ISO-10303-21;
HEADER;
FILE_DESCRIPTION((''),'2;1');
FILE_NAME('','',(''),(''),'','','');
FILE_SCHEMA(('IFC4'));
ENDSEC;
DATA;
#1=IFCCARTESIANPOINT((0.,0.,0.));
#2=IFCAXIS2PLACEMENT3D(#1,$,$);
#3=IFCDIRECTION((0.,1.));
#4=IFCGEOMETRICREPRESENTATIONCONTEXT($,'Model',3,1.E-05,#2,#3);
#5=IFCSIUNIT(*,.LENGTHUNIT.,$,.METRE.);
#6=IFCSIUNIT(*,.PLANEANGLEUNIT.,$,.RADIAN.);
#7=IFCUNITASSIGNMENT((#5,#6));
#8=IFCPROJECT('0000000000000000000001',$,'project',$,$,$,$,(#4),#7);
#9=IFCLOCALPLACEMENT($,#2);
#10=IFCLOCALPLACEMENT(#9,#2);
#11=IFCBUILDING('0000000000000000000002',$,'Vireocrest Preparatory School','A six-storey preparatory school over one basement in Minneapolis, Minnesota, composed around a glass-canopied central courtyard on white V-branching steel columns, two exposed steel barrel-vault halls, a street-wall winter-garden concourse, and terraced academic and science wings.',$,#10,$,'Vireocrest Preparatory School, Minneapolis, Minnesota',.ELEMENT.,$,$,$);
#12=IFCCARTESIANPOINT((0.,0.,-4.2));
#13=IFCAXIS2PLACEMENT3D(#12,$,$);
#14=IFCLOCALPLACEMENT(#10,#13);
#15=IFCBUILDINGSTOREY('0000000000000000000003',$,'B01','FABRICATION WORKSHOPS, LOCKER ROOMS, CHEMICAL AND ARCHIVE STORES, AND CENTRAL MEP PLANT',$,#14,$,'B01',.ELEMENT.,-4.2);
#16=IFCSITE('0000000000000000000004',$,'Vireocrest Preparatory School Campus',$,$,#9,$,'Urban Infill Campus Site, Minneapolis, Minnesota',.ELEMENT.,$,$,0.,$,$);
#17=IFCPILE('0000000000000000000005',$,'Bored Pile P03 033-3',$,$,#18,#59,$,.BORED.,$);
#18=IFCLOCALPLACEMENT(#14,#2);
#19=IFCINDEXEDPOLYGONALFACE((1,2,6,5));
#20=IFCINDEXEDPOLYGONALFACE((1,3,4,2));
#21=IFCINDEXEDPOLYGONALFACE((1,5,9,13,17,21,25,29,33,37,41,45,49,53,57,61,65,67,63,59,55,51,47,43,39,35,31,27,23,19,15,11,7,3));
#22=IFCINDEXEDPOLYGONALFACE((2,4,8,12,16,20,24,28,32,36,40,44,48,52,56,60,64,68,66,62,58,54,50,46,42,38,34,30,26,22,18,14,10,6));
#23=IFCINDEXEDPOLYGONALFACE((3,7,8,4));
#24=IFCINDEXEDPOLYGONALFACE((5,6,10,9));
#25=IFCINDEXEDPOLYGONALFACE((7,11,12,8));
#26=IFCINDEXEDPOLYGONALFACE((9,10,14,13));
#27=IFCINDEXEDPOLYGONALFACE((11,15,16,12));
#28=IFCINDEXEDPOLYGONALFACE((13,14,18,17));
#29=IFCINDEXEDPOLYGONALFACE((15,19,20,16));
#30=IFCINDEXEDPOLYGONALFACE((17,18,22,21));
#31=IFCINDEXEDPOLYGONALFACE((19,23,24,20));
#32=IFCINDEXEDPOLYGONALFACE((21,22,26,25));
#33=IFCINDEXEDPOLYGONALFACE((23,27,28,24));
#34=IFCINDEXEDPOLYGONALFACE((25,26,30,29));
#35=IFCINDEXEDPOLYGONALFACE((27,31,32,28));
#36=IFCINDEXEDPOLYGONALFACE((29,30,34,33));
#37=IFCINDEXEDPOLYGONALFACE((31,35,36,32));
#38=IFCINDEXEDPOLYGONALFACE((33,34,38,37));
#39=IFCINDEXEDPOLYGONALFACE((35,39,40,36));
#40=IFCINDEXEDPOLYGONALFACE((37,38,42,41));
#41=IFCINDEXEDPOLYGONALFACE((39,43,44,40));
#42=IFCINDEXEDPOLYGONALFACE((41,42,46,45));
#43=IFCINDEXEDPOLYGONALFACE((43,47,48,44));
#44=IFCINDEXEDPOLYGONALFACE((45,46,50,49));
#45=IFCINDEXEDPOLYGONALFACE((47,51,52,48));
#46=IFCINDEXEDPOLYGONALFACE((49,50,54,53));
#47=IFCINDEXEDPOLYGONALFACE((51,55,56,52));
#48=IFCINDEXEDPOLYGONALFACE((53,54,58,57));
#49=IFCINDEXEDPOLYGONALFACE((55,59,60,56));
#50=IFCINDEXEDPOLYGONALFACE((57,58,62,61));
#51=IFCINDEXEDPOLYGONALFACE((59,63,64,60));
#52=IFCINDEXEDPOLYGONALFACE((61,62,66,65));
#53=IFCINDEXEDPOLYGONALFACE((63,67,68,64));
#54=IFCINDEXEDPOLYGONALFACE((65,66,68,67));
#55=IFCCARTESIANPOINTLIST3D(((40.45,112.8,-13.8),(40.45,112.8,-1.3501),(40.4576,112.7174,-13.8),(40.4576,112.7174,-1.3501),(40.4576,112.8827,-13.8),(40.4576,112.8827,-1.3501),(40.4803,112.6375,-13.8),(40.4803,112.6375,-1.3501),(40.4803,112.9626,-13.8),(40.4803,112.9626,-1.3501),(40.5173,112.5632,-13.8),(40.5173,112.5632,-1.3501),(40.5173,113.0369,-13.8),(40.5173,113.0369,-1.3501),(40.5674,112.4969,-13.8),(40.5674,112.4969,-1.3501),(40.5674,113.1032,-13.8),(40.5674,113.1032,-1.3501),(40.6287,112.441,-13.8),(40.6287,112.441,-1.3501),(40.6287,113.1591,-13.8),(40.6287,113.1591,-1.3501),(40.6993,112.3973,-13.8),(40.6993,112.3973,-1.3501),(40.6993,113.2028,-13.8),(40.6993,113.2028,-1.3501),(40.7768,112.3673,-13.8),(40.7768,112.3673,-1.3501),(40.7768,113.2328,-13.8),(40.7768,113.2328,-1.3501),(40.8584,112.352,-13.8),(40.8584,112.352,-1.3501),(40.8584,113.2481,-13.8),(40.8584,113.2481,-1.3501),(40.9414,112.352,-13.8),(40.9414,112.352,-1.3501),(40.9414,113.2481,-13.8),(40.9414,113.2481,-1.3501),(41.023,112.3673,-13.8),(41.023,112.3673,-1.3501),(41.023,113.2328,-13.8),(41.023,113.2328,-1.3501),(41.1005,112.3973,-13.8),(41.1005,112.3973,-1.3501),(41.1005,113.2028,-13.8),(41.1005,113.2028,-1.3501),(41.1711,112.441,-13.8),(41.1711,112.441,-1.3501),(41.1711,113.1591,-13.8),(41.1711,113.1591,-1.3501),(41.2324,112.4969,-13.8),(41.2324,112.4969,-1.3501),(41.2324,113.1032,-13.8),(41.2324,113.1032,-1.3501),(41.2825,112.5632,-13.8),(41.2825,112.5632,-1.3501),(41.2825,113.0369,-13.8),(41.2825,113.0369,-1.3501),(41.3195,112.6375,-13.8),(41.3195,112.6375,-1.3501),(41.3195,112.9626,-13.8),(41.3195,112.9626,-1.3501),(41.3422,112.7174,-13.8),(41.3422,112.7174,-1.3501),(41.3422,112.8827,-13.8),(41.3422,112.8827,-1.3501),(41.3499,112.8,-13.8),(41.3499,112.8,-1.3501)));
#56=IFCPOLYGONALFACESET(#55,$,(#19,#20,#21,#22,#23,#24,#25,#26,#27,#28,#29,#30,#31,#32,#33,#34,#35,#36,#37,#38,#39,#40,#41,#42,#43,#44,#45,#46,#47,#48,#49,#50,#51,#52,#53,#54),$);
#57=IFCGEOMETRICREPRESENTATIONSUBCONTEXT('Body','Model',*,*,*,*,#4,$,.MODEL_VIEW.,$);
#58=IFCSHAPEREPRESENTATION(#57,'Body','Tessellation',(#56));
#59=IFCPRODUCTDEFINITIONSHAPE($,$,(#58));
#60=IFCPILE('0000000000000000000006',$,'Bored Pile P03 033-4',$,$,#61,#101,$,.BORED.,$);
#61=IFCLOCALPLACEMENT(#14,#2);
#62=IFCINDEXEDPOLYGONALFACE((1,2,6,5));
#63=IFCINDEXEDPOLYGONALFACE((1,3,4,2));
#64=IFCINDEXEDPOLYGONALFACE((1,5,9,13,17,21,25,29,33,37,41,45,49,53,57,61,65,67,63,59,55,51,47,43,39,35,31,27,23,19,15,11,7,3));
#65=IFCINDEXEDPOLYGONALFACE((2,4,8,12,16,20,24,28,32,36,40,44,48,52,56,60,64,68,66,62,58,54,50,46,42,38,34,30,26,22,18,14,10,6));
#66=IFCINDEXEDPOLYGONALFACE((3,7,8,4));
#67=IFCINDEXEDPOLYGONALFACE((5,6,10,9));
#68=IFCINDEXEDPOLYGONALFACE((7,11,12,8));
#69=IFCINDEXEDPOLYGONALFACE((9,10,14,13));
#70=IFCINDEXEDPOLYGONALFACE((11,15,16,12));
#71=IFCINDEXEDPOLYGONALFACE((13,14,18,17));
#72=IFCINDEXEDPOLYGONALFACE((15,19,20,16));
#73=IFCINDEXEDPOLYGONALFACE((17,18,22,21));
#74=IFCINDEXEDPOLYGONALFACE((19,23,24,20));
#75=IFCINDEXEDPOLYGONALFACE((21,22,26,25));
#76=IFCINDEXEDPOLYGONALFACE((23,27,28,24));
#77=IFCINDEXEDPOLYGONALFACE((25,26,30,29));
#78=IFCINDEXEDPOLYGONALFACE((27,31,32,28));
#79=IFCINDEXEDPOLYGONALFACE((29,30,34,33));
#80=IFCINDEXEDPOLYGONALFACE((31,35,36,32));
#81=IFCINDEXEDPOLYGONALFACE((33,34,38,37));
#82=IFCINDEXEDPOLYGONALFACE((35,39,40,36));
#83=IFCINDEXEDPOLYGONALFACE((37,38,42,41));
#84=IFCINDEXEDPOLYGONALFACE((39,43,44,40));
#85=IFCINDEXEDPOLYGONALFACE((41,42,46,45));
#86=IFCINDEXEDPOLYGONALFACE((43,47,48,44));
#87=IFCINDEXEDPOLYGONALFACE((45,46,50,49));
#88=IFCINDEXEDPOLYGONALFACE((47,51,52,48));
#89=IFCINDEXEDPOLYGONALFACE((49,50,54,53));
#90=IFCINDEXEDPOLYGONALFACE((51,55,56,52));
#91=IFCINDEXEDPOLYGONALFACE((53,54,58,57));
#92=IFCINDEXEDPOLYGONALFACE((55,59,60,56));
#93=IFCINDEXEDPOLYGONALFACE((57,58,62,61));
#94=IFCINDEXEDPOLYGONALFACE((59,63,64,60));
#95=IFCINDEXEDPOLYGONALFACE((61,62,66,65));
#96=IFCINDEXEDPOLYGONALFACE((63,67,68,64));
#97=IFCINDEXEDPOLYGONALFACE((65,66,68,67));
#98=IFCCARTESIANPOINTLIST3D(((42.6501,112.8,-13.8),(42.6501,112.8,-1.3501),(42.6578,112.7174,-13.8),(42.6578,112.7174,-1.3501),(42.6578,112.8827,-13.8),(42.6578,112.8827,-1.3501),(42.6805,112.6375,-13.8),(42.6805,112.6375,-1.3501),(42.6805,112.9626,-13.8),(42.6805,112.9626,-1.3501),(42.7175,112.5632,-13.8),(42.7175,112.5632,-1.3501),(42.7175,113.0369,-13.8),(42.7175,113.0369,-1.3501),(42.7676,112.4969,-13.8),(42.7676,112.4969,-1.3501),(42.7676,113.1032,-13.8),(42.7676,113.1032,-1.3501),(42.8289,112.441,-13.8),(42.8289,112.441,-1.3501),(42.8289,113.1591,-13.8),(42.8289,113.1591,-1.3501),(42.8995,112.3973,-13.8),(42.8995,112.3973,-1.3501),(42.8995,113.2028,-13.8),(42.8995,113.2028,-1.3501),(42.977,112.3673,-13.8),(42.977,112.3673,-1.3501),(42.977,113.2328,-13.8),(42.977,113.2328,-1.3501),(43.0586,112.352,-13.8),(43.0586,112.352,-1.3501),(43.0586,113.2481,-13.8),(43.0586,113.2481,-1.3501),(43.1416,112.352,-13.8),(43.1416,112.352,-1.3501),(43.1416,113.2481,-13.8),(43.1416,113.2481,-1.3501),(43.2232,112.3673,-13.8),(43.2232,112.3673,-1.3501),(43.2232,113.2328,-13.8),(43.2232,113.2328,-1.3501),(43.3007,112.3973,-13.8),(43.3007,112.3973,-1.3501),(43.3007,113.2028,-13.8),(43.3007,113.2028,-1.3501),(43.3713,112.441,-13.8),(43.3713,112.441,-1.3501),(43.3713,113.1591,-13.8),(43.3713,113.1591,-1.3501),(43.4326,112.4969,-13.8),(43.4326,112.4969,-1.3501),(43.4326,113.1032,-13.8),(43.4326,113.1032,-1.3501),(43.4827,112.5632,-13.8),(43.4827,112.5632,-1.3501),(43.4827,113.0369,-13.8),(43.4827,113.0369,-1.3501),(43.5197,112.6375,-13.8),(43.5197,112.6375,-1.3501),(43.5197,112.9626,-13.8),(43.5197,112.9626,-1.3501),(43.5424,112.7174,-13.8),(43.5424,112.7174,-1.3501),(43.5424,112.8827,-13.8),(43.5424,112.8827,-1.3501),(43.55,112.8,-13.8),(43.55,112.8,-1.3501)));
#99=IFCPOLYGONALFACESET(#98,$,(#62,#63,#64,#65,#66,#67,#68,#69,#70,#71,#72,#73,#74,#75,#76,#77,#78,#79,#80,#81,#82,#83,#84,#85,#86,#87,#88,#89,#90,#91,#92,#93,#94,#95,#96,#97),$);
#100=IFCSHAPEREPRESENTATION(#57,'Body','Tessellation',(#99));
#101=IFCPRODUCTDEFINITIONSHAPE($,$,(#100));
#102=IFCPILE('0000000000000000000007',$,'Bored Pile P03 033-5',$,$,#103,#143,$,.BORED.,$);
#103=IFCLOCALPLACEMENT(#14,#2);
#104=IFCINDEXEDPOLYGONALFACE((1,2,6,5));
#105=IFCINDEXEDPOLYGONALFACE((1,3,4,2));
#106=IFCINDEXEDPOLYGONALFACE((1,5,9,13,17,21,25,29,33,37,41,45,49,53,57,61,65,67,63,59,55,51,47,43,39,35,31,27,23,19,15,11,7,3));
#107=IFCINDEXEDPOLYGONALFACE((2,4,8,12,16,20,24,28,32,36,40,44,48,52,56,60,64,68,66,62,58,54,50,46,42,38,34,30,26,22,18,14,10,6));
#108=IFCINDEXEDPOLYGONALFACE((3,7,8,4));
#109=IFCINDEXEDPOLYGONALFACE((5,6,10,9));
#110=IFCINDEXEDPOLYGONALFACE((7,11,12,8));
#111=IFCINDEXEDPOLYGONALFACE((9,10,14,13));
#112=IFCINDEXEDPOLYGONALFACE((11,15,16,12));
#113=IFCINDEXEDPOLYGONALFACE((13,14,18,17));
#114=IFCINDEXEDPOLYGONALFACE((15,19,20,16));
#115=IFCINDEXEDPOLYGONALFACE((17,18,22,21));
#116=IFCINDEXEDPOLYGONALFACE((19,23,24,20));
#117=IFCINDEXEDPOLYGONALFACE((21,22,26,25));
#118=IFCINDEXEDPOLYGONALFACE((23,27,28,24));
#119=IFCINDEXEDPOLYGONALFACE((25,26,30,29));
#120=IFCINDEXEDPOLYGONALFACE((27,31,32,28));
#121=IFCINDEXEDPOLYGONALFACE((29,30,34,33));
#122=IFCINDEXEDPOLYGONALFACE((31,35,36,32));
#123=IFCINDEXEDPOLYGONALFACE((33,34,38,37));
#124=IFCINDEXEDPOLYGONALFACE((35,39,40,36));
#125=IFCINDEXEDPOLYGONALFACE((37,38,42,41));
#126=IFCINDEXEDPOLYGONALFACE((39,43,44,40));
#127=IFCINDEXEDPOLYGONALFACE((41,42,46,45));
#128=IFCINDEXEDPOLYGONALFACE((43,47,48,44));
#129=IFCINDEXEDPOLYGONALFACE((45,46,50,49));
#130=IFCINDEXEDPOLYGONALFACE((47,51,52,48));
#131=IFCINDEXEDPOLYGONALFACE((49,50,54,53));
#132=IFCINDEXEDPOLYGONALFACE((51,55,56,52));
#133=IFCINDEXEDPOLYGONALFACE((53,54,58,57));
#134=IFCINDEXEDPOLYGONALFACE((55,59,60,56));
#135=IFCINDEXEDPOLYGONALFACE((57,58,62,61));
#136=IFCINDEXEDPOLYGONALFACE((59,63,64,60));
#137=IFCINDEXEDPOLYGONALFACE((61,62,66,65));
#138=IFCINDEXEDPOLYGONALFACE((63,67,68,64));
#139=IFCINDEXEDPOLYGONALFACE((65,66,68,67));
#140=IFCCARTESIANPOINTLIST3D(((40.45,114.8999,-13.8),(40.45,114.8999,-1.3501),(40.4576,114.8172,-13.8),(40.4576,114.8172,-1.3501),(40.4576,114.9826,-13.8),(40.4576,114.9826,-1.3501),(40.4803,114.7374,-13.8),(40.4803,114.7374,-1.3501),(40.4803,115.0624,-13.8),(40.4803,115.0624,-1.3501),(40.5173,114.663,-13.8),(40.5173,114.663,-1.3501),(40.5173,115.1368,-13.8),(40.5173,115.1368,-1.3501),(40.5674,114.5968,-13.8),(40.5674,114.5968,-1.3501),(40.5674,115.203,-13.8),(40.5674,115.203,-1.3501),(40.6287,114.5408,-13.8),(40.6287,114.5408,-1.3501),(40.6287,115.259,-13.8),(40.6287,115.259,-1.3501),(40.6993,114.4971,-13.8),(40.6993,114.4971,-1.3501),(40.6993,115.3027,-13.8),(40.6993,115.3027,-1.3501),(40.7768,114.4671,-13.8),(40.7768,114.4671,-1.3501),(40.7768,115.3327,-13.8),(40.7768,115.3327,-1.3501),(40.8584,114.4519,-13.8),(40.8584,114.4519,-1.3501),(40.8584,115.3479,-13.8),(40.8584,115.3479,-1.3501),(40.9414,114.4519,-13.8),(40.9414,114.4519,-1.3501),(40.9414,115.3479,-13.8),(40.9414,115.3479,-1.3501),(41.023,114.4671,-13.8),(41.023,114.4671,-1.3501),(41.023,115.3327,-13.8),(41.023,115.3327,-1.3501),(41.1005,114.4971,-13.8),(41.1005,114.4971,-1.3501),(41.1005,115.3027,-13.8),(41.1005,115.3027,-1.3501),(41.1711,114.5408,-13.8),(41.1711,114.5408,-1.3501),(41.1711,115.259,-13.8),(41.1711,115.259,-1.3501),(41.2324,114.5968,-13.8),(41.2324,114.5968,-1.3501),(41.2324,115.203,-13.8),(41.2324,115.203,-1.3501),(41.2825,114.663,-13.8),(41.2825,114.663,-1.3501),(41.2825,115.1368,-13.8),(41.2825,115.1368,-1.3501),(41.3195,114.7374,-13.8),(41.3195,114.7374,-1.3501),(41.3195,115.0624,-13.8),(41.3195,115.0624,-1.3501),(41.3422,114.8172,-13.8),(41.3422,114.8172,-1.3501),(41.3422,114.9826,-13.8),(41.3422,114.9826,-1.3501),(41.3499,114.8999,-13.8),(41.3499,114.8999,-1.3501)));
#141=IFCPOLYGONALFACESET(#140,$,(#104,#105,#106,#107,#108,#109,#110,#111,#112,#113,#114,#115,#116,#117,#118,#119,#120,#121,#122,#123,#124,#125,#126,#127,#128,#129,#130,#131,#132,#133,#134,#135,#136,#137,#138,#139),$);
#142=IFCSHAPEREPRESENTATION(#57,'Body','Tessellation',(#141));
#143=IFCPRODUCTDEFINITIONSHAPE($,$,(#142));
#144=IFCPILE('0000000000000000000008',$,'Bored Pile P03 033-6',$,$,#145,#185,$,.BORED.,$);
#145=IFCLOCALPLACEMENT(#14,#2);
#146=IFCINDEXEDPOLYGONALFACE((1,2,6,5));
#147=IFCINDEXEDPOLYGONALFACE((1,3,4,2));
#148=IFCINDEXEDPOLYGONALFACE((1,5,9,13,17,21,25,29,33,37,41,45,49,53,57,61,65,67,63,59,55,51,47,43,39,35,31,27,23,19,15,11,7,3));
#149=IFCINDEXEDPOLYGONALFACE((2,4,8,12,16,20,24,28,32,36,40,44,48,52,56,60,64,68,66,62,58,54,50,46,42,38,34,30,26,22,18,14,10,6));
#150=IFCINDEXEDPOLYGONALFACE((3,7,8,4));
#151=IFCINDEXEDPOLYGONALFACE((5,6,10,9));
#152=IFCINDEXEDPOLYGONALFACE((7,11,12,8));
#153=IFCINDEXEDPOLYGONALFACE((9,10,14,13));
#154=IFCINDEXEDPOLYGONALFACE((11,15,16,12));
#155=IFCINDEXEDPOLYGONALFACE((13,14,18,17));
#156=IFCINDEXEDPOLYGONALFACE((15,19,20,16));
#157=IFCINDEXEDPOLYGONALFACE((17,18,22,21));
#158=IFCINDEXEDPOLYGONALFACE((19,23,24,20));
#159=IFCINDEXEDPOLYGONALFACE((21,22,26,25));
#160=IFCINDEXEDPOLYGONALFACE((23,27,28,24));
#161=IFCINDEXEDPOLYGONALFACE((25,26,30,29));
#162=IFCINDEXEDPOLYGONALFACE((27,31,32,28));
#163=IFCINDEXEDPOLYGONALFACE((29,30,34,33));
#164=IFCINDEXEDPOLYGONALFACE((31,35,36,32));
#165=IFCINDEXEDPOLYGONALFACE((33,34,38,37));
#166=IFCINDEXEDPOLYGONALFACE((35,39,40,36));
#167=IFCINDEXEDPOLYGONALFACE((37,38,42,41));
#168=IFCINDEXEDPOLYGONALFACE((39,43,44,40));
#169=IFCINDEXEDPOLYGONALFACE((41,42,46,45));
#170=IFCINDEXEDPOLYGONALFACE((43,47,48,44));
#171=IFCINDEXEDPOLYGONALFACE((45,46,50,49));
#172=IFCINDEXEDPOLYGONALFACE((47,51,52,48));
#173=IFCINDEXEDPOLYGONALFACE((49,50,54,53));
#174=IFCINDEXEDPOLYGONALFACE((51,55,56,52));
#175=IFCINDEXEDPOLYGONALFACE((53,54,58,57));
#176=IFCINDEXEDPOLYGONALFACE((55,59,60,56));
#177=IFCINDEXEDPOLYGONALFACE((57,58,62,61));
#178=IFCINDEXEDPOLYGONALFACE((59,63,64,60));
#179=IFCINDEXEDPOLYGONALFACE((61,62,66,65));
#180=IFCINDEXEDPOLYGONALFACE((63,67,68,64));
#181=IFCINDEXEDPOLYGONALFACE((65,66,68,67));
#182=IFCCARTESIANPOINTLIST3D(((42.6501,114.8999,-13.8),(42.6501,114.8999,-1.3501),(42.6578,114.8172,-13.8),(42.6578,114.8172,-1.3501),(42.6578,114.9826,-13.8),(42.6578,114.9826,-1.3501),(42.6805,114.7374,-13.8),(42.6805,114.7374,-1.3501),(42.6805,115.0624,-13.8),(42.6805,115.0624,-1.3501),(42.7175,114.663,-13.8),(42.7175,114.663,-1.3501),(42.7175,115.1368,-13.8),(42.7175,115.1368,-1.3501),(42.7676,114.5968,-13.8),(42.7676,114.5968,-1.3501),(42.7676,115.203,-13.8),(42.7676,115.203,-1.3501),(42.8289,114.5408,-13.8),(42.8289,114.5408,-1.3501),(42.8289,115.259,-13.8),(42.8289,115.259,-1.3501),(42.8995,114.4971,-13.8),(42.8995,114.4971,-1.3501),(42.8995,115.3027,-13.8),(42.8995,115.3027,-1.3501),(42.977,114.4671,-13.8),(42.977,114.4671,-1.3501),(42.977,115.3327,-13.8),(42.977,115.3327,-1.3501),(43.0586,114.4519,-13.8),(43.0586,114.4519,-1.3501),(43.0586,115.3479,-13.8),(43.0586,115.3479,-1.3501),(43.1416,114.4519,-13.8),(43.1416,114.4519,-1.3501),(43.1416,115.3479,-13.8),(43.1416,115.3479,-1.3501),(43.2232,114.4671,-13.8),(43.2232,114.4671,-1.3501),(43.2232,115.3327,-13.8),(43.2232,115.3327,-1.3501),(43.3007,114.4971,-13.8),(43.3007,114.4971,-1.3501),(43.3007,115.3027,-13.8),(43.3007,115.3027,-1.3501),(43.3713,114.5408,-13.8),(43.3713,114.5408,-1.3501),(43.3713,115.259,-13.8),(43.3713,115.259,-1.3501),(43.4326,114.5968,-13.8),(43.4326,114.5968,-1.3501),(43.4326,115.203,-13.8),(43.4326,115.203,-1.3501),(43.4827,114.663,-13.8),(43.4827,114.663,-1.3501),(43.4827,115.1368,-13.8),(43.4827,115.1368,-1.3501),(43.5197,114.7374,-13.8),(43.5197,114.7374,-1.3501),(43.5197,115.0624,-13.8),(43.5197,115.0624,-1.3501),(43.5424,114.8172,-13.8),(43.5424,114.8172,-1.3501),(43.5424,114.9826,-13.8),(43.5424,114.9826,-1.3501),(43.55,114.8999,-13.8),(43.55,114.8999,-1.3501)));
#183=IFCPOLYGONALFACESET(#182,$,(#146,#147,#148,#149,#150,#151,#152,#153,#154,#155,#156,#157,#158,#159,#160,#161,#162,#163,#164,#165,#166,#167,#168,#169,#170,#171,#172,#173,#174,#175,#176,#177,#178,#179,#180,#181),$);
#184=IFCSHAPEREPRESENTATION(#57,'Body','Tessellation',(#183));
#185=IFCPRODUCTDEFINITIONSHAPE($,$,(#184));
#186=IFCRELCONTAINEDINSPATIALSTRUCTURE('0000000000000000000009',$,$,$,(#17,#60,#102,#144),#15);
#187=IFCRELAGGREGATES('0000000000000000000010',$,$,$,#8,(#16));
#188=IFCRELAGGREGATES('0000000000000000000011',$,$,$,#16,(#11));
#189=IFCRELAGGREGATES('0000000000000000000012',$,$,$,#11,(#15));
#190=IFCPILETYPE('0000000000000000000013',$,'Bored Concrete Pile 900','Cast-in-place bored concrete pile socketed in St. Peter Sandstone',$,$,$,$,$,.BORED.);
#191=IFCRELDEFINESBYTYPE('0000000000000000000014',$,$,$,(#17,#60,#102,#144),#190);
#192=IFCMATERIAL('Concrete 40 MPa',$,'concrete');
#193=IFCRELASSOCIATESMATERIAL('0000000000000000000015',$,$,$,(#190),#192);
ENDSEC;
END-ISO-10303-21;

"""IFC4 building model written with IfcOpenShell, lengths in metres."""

from ifc_helpers import new_model, si_unit, direction, frame, origin, origin_2d, place, context, subcontext, project, spatial, circle, extrude, material, material_profile, profile_set, type_object, element, save


model = new_model("IFC4")

# Units and contexts
model_context = context("Model", 3, precision=1e-05, world=origin(), true_north=direction((0.0, 1.0)))
body_context = subcontext(model_context, "Body", "Model", "MODEL_VIEW")
ifc_project = project(units=[si_unit("LENGTHUNIT", "METRE"), si_unit("PLANEANGLEUNIT", "RADIAN")], contexts=[model_context])

# Site, building, storey
site_placement = place(None, origin())
site = spatial("IfcSite", under=ifc_project, at=site_placement, Name="Vireocrest Preparatory School Campus", LongName="Urban Infill Campus Site, Minneapolis, Minnesota", CompositionType="ELEMENT", RefElevation=0.0)
building_placement = place(site_placement, origin())
building = spatial("IfcBuilding", under=site, at=building_placement, Name="Vireocrest Preparatory School", Description="A six-storey preparatory school over one basement in Minneapolis, Minnesota, composed around a glass-canopied central courtyard on white V-branching steel columns, two exposed steel barrel-vault halls, a street-wall winter-garden concourse, and terraced academic and science wings.", LongName="Vireocrest Preparatory School, Minneapolis, Minnesota", CompositionType="ELEMENT")
storey_placement = place(building_placement, frame((0.0, 0.0, -4.2)))
storey = spatial("IfcBuildingStorey", under=building, at=storey_placement, Name="B01", Description="FABRICATION WORKSHOPS, LOCKER ROOMS, CHEMICAL AND ARCHIVE STORES, AND CENTRAL MEP PLANT", LongName="B01", CompositionType="ELEMENT", Elevation=-4.2)

# Piles
ifc_material_1 = material(Name="Concrete 40 MPa", Category="concrete")
ifc_material_profile_1 = material_profile(ifc_material_1, circle(Radius=0.45, at=origin_2d()), Name="BORED PILE 900")
ifc_profile_set_1 = profile_set([ifc_material_profile_1], Name="Concrete 40 MPa")
pile_type = type_object("IfcPileType", Name="Bored Concrete Pile 900", Description="Cast-in-place bored concrete pile socketed in St. Peter Sandstone", PredefinedType="BORED", material=ifc_profile_set_1)
for number, where, z_axis, x_axis, name in (
    (1, (40.8999, 112.8, -1.3501), (0.0, 0.0, -1.0), (1.0, 0.0, 0.0), "Bored Pile P03 033-3"),
    (2, (43.1001, 112.8, -1.3501), (0.0, 0.0, -1.0), (1.0, 0.0, 0.0), "Bored Pile P03 033-4"),
    (3, (40.8999, 114.8999, -1.3501), (0.0, 0.0, -1.0), (1.0, 0.0, 0.0), "Bored Pile P03 033-5"),
    (4, (43.1001, 114.8999, -1.3501), (0.0, 0.0, -1.0), (1.0, 0.0, 0.0), "Bored Pile P03 033-6"),
):
    element("IfcPile", number, at=place(storey_placement, frame(where, z_axis=z_axis, x_axis=x_axis)), inside=storey, type_object=pile_type, Name=name, PredefinedType="BORED", context=body_context, shape_type="SweptSolid", body=[
        extrude(circle(Radius=0.45, at=origin_2d()), origin(), (0.0, 0.0, 1.0), 12.45),
    ])

save(model, "model.ifc")
